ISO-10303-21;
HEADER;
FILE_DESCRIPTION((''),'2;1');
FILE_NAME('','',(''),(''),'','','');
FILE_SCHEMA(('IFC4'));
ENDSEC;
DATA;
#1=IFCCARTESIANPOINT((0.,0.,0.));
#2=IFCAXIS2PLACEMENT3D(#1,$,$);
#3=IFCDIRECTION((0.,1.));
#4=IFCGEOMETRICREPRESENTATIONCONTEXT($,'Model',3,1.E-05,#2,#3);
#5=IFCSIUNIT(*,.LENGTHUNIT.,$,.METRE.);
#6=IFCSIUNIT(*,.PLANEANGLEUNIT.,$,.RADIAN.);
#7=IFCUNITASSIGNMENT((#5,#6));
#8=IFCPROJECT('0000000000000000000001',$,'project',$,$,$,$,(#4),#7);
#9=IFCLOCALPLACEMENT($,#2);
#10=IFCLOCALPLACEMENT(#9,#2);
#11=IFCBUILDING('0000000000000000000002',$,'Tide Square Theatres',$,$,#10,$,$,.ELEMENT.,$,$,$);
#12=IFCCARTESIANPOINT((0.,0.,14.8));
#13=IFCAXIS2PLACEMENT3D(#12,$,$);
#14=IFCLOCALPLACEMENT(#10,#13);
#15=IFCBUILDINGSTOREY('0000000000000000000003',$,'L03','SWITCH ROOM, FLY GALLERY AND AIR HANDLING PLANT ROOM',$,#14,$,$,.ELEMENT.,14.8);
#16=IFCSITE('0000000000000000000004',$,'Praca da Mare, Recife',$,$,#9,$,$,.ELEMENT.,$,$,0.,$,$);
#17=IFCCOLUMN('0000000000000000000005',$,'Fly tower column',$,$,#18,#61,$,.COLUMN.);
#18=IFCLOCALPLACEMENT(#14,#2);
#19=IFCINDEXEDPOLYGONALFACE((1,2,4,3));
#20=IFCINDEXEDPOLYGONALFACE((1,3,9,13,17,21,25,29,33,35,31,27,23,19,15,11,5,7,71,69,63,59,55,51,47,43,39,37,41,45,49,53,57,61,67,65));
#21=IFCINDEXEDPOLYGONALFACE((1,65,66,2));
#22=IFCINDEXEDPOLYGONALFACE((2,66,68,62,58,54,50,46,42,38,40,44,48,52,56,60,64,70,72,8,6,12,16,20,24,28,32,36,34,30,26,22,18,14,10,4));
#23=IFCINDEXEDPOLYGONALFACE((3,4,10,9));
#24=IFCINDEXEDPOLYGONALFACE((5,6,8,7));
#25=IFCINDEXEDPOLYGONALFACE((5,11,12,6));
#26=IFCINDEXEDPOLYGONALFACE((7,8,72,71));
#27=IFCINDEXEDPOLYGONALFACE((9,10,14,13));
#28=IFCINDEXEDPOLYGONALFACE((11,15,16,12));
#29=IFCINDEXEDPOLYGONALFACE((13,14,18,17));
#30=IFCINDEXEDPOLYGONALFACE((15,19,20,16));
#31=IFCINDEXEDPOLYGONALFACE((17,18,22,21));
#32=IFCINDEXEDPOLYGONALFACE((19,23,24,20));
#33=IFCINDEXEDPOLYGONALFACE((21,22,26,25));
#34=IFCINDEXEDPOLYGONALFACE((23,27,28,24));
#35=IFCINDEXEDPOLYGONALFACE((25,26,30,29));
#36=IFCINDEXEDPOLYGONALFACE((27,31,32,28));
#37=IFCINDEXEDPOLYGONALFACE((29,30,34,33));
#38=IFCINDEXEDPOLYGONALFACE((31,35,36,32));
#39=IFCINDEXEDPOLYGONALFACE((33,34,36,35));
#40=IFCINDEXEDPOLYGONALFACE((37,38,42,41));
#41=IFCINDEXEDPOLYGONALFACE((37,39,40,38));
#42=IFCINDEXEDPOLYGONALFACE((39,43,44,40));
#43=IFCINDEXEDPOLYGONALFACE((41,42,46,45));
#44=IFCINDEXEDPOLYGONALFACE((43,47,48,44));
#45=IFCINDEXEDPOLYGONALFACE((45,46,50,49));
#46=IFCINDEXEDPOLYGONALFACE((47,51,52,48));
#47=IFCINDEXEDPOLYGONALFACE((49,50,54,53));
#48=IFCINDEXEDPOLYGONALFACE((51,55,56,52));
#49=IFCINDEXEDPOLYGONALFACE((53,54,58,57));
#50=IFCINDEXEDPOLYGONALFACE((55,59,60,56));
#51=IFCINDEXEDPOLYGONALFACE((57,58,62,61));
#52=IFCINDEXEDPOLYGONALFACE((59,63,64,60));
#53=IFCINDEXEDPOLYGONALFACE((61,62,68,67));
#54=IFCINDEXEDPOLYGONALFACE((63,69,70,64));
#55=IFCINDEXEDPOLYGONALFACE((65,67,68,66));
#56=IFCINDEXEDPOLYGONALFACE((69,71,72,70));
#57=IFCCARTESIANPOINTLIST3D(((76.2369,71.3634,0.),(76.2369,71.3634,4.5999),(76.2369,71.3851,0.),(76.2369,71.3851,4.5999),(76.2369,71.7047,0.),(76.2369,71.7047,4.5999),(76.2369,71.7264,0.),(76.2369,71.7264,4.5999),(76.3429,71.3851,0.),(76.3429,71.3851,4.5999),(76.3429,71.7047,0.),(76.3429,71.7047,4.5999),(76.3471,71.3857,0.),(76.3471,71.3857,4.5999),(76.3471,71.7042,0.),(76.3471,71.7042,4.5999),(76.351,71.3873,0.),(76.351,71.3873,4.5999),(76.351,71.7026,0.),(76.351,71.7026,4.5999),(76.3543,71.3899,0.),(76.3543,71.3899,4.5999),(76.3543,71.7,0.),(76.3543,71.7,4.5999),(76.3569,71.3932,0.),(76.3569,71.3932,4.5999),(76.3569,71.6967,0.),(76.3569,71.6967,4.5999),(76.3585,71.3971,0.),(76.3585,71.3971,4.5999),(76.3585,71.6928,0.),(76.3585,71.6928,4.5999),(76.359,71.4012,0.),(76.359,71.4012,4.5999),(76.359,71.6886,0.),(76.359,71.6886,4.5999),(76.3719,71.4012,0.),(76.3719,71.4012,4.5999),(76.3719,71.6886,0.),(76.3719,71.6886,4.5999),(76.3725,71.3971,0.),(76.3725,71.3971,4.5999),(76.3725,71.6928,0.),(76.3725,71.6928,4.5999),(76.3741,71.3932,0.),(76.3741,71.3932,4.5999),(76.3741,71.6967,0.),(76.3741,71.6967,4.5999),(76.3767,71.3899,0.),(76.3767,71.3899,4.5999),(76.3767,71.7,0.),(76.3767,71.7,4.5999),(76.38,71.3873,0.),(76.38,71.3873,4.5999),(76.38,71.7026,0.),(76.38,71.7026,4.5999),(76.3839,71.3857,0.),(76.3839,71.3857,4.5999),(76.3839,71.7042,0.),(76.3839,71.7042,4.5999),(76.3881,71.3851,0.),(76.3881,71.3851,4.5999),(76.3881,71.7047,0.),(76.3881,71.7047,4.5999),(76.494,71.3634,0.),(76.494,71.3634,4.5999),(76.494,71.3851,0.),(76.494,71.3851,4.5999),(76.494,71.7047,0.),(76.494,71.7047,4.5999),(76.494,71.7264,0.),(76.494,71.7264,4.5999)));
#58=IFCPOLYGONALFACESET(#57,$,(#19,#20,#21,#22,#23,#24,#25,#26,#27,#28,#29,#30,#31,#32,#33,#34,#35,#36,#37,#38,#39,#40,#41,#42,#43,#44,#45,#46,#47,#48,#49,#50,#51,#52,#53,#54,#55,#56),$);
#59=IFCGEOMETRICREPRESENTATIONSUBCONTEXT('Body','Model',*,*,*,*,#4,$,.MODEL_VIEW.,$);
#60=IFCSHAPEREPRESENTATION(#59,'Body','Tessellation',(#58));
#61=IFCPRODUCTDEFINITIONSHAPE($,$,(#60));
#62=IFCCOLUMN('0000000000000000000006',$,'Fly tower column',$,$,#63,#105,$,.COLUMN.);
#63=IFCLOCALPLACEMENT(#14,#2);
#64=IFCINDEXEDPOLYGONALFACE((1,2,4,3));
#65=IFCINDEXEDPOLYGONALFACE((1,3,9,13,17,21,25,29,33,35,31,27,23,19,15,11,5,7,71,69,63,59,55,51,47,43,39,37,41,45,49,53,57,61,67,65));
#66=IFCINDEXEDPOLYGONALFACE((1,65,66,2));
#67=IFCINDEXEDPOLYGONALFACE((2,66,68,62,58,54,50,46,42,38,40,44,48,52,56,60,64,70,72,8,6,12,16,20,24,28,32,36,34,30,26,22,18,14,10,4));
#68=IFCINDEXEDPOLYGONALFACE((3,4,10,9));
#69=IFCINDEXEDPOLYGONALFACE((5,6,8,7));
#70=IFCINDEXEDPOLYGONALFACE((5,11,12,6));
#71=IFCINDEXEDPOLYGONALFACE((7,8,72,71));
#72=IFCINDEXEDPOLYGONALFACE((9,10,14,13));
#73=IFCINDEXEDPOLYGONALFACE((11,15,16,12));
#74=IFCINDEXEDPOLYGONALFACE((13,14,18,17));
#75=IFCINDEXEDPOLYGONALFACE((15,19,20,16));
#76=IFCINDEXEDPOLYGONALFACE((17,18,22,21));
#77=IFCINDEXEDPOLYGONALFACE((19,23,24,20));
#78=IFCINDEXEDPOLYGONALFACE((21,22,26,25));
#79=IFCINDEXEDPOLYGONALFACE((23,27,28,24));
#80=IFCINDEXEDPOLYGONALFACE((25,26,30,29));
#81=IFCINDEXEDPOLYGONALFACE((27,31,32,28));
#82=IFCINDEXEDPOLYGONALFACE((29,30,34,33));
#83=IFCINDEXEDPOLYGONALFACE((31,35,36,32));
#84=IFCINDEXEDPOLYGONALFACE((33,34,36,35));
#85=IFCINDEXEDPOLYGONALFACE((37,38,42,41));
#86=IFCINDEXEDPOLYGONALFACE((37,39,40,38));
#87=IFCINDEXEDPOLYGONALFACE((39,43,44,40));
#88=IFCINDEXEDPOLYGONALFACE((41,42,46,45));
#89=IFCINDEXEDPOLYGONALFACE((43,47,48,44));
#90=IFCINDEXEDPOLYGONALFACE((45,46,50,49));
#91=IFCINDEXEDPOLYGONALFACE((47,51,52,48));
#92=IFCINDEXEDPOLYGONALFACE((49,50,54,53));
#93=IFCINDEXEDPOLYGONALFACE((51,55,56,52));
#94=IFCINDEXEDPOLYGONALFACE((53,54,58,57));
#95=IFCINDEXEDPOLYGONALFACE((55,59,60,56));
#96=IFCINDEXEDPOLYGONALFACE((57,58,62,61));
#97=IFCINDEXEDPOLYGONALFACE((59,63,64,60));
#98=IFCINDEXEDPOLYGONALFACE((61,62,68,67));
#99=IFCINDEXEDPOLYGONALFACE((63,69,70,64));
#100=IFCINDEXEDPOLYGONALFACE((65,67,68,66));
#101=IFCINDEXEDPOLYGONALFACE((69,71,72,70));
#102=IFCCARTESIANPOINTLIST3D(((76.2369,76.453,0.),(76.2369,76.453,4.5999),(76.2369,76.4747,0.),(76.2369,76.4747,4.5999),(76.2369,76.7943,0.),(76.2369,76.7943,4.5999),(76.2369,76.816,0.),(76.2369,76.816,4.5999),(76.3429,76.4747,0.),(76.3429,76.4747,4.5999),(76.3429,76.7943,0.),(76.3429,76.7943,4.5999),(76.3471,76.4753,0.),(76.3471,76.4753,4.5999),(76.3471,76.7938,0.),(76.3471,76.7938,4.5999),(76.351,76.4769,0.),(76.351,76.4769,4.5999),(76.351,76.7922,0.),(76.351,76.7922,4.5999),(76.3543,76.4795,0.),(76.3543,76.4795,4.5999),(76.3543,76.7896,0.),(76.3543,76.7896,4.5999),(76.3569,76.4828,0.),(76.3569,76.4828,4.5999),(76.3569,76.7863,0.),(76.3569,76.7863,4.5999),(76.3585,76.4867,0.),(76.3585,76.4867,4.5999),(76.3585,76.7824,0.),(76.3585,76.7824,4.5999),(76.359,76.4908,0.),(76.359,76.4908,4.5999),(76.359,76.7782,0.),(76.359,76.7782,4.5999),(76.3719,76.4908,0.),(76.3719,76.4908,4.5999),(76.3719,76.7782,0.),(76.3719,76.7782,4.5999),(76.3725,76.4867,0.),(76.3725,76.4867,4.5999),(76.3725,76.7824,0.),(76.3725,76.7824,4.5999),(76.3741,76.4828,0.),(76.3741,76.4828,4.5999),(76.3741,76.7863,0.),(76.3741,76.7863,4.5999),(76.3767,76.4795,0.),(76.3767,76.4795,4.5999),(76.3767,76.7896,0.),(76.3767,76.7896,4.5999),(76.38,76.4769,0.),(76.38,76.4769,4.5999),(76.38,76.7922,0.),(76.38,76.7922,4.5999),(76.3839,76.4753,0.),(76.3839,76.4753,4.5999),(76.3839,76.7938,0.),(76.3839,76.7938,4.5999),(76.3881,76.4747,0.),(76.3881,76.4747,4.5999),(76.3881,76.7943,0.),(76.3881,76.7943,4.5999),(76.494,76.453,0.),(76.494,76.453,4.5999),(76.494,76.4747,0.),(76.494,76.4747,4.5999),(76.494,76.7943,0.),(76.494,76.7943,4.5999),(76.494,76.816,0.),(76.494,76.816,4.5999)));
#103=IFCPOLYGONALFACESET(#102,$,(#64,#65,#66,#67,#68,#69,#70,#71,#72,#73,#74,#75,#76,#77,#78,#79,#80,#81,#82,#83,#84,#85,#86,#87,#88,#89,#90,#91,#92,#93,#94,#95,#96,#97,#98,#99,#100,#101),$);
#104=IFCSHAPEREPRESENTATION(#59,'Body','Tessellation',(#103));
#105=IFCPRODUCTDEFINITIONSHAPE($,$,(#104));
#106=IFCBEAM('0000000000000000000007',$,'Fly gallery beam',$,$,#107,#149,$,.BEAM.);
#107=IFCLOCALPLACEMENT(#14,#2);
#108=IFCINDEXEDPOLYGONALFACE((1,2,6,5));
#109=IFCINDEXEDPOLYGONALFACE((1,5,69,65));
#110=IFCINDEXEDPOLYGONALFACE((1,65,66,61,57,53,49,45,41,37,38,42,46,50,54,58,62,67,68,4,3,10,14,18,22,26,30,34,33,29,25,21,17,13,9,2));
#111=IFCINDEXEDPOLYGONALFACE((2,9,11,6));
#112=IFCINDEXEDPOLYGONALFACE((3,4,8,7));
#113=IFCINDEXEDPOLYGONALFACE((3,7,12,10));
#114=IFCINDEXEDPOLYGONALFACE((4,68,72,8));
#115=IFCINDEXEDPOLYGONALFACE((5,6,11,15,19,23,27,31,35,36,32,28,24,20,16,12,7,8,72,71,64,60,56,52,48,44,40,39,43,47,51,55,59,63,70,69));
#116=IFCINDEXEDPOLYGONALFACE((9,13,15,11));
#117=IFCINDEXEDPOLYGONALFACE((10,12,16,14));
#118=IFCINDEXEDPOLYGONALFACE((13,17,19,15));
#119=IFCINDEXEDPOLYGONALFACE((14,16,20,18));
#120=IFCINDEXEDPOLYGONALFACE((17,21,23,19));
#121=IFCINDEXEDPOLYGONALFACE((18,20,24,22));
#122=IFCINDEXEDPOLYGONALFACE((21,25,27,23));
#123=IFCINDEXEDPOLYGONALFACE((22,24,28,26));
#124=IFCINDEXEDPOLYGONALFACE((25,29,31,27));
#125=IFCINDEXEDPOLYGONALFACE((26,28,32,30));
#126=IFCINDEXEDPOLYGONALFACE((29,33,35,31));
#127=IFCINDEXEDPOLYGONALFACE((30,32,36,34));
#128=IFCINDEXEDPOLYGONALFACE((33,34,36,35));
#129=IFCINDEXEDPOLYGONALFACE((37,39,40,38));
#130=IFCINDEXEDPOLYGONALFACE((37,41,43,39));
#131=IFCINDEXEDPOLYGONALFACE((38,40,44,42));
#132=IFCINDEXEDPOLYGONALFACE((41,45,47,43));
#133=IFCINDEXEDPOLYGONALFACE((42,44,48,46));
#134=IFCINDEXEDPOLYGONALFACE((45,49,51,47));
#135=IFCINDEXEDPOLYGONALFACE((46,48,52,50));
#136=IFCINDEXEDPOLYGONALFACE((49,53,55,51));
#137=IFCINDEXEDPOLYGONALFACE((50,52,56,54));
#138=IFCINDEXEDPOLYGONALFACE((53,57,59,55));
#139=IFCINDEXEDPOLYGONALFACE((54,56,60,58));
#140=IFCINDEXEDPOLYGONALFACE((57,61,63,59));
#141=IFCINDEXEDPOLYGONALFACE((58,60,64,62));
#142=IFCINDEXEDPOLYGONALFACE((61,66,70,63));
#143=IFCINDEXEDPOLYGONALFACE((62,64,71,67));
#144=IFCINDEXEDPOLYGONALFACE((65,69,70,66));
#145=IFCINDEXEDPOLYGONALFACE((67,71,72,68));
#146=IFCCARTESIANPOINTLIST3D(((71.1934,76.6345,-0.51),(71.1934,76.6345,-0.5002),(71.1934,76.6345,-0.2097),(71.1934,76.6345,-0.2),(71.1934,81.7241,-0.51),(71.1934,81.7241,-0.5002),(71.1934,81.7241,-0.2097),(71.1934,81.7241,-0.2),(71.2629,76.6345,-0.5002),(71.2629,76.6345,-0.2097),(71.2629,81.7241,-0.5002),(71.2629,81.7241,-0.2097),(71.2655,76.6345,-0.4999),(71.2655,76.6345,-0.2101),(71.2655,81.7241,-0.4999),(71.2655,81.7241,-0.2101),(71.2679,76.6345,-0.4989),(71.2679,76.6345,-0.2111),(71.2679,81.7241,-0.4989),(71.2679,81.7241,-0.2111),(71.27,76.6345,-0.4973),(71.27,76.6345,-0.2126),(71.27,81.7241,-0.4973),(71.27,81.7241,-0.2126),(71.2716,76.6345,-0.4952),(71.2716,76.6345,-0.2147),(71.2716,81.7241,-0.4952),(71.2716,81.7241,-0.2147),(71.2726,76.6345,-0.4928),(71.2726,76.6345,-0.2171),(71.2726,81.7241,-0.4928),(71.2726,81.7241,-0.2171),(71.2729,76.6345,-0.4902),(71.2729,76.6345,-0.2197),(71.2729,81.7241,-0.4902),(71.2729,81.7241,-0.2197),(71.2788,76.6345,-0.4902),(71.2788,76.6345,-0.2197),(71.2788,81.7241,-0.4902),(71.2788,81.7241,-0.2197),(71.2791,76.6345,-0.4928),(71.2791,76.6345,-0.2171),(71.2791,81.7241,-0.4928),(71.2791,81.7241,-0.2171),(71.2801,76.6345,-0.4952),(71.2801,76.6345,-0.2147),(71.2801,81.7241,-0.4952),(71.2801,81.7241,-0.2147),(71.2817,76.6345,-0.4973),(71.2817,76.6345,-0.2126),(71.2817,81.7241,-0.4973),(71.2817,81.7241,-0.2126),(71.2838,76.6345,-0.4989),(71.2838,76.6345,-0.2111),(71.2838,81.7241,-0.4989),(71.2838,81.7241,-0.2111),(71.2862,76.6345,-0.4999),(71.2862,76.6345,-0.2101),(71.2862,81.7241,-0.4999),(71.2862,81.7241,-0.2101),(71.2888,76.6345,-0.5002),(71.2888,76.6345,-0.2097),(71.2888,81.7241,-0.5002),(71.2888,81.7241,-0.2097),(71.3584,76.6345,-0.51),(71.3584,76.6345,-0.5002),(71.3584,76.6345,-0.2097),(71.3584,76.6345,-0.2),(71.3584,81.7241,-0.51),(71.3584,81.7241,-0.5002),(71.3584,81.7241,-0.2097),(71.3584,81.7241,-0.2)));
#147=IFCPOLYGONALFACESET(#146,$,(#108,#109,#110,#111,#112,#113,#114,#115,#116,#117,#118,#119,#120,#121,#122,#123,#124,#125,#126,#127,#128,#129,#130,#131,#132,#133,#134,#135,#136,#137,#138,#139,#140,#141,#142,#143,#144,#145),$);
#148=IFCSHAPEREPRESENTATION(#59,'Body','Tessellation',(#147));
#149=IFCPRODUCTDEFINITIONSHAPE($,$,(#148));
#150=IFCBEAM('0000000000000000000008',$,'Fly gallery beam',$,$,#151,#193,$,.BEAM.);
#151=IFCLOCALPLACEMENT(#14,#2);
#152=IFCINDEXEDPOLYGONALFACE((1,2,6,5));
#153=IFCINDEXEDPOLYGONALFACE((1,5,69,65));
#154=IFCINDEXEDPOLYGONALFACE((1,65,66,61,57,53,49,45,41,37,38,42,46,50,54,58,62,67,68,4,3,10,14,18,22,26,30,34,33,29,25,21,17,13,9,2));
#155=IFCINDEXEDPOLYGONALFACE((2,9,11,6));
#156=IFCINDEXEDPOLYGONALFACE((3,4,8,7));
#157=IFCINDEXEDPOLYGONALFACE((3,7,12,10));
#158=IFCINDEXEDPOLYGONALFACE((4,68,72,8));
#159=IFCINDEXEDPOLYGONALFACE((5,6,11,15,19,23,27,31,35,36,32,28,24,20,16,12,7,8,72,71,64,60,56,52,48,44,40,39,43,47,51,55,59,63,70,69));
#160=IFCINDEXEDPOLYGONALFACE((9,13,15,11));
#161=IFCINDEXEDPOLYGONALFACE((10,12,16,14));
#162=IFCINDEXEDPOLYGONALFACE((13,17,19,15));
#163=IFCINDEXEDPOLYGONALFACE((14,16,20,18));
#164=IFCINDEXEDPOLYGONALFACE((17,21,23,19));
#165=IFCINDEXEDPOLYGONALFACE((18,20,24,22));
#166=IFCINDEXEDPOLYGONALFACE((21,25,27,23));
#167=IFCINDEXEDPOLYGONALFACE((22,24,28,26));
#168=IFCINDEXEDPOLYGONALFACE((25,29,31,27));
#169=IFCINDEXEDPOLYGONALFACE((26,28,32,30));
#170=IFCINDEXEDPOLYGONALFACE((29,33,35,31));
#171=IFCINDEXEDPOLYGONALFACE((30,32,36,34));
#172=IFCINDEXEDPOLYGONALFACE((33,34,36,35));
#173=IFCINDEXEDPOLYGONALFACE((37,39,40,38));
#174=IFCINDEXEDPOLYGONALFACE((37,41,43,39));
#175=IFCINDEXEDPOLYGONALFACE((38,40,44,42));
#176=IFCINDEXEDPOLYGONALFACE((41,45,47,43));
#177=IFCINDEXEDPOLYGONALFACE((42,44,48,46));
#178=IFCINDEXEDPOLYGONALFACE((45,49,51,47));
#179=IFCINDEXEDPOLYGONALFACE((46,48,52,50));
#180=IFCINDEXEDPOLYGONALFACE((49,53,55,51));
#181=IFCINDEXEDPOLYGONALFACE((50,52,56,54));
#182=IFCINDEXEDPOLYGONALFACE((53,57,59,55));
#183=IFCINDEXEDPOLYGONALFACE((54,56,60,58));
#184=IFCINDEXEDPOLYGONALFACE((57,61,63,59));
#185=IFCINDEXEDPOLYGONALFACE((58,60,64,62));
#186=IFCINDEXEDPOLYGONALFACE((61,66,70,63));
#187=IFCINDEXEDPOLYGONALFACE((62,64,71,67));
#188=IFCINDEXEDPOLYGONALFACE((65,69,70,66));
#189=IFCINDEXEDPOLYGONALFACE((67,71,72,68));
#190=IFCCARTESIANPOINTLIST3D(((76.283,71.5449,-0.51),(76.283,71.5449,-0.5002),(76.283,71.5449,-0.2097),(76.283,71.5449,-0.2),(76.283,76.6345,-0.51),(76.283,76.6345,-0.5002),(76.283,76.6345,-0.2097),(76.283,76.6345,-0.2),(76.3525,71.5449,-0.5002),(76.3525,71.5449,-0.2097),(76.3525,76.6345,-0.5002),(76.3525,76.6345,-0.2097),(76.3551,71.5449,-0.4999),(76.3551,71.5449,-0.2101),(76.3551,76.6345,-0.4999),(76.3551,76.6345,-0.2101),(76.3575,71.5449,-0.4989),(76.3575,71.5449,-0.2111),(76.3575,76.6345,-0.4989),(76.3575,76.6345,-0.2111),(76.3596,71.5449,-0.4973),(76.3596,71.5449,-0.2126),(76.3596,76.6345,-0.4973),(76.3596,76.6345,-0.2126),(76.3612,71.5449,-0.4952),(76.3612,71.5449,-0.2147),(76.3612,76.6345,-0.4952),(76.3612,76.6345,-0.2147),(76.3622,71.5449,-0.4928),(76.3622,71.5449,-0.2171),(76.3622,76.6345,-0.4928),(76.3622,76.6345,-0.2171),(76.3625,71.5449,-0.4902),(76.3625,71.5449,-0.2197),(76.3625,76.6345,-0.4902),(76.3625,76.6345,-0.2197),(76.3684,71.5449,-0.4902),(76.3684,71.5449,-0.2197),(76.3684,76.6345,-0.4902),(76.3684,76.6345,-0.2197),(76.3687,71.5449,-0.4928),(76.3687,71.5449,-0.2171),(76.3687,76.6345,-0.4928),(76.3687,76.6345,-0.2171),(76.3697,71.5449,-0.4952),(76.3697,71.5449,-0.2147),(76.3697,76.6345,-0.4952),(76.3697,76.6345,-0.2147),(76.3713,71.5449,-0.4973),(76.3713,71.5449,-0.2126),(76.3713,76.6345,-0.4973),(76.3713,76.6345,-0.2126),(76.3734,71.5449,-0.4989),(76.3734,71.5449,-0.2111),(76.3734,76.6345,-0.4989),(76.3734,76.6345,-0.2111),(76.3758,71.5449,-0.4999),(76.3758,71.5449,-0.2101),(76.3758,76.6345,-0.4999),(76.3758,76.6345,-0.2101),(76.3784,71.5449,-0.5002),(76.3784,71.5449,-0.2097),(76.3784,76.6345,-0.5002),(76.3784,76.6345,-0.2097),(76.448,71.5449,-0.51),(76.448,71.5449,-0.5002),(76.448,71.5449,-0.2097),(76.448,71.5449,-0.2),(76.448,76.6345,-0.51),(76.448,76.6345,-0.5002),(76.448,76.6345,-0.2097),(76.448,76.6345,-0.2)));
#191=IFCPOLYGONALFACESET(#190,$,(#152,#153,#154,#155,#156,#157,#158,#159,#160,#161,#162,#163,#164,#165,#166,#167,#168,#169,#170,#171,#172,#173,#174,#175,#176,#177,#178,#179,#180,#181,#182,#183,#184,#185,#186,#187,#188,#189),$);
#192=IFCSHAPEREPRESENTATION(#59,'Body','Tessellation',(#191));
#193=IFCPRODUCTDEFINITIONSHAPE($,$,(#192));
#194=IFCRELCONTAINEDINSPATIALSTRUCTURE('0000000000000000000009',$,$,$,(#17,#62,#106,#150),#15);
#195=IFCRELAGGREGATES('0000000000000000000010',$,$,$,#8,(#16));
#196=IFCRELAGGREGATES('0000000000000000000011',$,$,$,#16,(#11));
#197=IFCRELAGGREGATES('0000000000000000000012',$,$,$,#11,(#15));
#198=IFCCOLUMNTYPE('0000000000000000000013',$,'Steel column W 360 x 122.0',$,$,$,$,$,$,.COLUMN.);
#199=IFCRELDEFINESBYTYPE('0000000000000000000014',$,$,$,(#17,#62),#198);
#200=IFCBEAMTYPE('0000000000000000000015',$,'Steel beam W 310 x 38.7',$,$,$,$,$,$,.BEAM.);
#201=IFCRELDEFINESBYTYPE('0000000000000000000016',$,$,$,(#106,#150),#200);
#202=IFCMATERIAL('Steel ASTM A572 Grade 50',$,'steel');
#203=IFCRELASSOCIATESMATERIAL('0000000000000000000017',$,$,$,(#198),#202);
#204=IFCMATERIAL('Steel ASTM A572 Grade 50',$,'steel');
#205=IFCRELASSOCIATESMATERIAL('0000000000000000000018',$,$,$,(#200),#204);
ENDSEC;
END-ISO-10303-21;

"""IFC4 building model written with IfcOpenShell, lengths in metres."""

from ifc_helpers import new_model, si_unit, direction, frame, origin, origin_2d, place, context, subcontext, project, spatial, i_section, extrude, material, material_profile, profile_set, type_object, element, save


model = new_model("IFC4")

# Units and contexts
model_context = context("Model", 3, precision=1e-05, world=origin(), true_north=direction((0.0, 1.0)))
body_context = subcontext(model_context, "Body", "Model", "MODEL_VIEW")
ifc_project = project(units=[si_unit("LENGTHUNIT", "METRE"), si_unit("PLANEANGLEUNIT", "RADIAN")], contexts=[model_context])

# Site, building, storey
site_placement = place(None, origin())
site = spatial("IfcSite", under=ifc_project, at=site_placement, Name="Praca da Mare, Recife", CompositionType="ELEMENT", RefElevation=0.0)
building_placement = place(site_placement, origin())
building = spatial("IfcBuilding", under=site, at=building_placement, Name="Tide Square Theatres", CompositionType="ELEMENT")
storey_placement = place(building_placement, frame((0.0, 0.0, 14.8)))
storey = spatial("IfcBuildingStorey", under=building, at=storey_placement, Name="L03", Description="SWITCH ROOM, FLY GALLERY AND AIR HANDLING PLANT ROOM", CompositionType="ELEMENT", Elevation=14.8)

# Columns
ifc_material_1 = material(Name="Steel ASTM A572 Grade 50", Category="steel")
ifc_material_profile_1 = material_profile(ifc_material_1, i_section(OverallWidth=0.2571, OverallDepth=0.363, WebThickness=0.0129, FlangeThickness=0.0217, FilletRadius=0.0161, at=origin_2d()))
ifc_profile_set_1 = profile_set([ifc_material_profile_1], Name="Steel ASTM A572 Grade 50")
column_type_1 = type_object("IfcColumnType", Name="Steel column W 360 x 122.0", PredefinedType="COLUMN", material=ifc_profile_set_1)
for number, where, z_axis, x_axis, name in (
    (1, (76.3655, 71.5449, 0.0), (0.0, 0.0, 1.0), (1.0, 0.0, 0.0), "Fly tower column"),
    (2, (76.3655, 76.6345, 0.0), (0.0, 0.0, 1.0), (1.0, 0.0, 0.0), "Fly tower column"),
):
    element("IfcColumn", number, at=place(storey_placement, frame(where, z_axis=z_axis, x_axis=x_axis)), inside=storey, type_object=column_type_1, Name=name, PredefinedType="COLUMN", context=body_context, shape_type="SweptSolid", body=[
        extrude(i_section(OverallWidth=0.2571, OverallDepth=0.363, WebThickness=0.0129, FlangeThickness=0.0217, FilletRadius=0.0161, at=origin_2d()), origin(), (0.0, 0.0, 1.0), 4.5999),
    ])

# Beams
ifc_material_2 = material(Name="Steel ASTM A572 Grade 50", Category="steel")
ifc_material_profile_2 = material_profile(ifc_material_2, i_section(OverallWidth=0.165, OverallDepth=0.3101, WebThickness=0.0059, FlangeThickness=0.0098, FilletRadius=0.01, at=origin_2d()))
ifc_profile_set_2 = profile_set([ifc_material_profile_2], Name="Steel ASTM A572 Grade 50")
beam_type = type_object("IfcBeamType", Name="Steel beam W 310 x 38.7", PredefinedType="BEAM", material=ifc_profile_set_2)
for number, where, z_axis, x_axis, name in (
    (3, (71.2759, 76.6345, -0.355), (0.0, 1.0, 0.0), (-1.0, 0.0, 0.0), "Fly gallery beam"),
    (4, (76.3655, 71.5449, -0.355), (0.0, 1.0, 0.0), (-1.0, 0.0, 0.0), "Fly gallery beam"),
):
    element("IfcBeam", number, at=place(storey_placement, frame(where, z_axis=z_axis, x_axis=x_axis)), inside=storey, type_object=beam_type, Name=name, PredefinedType="BEAM", context=body_context, shape_type="SweptSolid", body=[
        extrude(i_section(OverallWidth=0.165, OverallDepth=0.3101, WebThickness=0.0059, FlangeThickness=0.0098, FilletRadius=0.01, at=origin_2d()), origin(), (0.0, 0.0, 1.0), 5.0896),
    ])

save(model, "model.ifc")
